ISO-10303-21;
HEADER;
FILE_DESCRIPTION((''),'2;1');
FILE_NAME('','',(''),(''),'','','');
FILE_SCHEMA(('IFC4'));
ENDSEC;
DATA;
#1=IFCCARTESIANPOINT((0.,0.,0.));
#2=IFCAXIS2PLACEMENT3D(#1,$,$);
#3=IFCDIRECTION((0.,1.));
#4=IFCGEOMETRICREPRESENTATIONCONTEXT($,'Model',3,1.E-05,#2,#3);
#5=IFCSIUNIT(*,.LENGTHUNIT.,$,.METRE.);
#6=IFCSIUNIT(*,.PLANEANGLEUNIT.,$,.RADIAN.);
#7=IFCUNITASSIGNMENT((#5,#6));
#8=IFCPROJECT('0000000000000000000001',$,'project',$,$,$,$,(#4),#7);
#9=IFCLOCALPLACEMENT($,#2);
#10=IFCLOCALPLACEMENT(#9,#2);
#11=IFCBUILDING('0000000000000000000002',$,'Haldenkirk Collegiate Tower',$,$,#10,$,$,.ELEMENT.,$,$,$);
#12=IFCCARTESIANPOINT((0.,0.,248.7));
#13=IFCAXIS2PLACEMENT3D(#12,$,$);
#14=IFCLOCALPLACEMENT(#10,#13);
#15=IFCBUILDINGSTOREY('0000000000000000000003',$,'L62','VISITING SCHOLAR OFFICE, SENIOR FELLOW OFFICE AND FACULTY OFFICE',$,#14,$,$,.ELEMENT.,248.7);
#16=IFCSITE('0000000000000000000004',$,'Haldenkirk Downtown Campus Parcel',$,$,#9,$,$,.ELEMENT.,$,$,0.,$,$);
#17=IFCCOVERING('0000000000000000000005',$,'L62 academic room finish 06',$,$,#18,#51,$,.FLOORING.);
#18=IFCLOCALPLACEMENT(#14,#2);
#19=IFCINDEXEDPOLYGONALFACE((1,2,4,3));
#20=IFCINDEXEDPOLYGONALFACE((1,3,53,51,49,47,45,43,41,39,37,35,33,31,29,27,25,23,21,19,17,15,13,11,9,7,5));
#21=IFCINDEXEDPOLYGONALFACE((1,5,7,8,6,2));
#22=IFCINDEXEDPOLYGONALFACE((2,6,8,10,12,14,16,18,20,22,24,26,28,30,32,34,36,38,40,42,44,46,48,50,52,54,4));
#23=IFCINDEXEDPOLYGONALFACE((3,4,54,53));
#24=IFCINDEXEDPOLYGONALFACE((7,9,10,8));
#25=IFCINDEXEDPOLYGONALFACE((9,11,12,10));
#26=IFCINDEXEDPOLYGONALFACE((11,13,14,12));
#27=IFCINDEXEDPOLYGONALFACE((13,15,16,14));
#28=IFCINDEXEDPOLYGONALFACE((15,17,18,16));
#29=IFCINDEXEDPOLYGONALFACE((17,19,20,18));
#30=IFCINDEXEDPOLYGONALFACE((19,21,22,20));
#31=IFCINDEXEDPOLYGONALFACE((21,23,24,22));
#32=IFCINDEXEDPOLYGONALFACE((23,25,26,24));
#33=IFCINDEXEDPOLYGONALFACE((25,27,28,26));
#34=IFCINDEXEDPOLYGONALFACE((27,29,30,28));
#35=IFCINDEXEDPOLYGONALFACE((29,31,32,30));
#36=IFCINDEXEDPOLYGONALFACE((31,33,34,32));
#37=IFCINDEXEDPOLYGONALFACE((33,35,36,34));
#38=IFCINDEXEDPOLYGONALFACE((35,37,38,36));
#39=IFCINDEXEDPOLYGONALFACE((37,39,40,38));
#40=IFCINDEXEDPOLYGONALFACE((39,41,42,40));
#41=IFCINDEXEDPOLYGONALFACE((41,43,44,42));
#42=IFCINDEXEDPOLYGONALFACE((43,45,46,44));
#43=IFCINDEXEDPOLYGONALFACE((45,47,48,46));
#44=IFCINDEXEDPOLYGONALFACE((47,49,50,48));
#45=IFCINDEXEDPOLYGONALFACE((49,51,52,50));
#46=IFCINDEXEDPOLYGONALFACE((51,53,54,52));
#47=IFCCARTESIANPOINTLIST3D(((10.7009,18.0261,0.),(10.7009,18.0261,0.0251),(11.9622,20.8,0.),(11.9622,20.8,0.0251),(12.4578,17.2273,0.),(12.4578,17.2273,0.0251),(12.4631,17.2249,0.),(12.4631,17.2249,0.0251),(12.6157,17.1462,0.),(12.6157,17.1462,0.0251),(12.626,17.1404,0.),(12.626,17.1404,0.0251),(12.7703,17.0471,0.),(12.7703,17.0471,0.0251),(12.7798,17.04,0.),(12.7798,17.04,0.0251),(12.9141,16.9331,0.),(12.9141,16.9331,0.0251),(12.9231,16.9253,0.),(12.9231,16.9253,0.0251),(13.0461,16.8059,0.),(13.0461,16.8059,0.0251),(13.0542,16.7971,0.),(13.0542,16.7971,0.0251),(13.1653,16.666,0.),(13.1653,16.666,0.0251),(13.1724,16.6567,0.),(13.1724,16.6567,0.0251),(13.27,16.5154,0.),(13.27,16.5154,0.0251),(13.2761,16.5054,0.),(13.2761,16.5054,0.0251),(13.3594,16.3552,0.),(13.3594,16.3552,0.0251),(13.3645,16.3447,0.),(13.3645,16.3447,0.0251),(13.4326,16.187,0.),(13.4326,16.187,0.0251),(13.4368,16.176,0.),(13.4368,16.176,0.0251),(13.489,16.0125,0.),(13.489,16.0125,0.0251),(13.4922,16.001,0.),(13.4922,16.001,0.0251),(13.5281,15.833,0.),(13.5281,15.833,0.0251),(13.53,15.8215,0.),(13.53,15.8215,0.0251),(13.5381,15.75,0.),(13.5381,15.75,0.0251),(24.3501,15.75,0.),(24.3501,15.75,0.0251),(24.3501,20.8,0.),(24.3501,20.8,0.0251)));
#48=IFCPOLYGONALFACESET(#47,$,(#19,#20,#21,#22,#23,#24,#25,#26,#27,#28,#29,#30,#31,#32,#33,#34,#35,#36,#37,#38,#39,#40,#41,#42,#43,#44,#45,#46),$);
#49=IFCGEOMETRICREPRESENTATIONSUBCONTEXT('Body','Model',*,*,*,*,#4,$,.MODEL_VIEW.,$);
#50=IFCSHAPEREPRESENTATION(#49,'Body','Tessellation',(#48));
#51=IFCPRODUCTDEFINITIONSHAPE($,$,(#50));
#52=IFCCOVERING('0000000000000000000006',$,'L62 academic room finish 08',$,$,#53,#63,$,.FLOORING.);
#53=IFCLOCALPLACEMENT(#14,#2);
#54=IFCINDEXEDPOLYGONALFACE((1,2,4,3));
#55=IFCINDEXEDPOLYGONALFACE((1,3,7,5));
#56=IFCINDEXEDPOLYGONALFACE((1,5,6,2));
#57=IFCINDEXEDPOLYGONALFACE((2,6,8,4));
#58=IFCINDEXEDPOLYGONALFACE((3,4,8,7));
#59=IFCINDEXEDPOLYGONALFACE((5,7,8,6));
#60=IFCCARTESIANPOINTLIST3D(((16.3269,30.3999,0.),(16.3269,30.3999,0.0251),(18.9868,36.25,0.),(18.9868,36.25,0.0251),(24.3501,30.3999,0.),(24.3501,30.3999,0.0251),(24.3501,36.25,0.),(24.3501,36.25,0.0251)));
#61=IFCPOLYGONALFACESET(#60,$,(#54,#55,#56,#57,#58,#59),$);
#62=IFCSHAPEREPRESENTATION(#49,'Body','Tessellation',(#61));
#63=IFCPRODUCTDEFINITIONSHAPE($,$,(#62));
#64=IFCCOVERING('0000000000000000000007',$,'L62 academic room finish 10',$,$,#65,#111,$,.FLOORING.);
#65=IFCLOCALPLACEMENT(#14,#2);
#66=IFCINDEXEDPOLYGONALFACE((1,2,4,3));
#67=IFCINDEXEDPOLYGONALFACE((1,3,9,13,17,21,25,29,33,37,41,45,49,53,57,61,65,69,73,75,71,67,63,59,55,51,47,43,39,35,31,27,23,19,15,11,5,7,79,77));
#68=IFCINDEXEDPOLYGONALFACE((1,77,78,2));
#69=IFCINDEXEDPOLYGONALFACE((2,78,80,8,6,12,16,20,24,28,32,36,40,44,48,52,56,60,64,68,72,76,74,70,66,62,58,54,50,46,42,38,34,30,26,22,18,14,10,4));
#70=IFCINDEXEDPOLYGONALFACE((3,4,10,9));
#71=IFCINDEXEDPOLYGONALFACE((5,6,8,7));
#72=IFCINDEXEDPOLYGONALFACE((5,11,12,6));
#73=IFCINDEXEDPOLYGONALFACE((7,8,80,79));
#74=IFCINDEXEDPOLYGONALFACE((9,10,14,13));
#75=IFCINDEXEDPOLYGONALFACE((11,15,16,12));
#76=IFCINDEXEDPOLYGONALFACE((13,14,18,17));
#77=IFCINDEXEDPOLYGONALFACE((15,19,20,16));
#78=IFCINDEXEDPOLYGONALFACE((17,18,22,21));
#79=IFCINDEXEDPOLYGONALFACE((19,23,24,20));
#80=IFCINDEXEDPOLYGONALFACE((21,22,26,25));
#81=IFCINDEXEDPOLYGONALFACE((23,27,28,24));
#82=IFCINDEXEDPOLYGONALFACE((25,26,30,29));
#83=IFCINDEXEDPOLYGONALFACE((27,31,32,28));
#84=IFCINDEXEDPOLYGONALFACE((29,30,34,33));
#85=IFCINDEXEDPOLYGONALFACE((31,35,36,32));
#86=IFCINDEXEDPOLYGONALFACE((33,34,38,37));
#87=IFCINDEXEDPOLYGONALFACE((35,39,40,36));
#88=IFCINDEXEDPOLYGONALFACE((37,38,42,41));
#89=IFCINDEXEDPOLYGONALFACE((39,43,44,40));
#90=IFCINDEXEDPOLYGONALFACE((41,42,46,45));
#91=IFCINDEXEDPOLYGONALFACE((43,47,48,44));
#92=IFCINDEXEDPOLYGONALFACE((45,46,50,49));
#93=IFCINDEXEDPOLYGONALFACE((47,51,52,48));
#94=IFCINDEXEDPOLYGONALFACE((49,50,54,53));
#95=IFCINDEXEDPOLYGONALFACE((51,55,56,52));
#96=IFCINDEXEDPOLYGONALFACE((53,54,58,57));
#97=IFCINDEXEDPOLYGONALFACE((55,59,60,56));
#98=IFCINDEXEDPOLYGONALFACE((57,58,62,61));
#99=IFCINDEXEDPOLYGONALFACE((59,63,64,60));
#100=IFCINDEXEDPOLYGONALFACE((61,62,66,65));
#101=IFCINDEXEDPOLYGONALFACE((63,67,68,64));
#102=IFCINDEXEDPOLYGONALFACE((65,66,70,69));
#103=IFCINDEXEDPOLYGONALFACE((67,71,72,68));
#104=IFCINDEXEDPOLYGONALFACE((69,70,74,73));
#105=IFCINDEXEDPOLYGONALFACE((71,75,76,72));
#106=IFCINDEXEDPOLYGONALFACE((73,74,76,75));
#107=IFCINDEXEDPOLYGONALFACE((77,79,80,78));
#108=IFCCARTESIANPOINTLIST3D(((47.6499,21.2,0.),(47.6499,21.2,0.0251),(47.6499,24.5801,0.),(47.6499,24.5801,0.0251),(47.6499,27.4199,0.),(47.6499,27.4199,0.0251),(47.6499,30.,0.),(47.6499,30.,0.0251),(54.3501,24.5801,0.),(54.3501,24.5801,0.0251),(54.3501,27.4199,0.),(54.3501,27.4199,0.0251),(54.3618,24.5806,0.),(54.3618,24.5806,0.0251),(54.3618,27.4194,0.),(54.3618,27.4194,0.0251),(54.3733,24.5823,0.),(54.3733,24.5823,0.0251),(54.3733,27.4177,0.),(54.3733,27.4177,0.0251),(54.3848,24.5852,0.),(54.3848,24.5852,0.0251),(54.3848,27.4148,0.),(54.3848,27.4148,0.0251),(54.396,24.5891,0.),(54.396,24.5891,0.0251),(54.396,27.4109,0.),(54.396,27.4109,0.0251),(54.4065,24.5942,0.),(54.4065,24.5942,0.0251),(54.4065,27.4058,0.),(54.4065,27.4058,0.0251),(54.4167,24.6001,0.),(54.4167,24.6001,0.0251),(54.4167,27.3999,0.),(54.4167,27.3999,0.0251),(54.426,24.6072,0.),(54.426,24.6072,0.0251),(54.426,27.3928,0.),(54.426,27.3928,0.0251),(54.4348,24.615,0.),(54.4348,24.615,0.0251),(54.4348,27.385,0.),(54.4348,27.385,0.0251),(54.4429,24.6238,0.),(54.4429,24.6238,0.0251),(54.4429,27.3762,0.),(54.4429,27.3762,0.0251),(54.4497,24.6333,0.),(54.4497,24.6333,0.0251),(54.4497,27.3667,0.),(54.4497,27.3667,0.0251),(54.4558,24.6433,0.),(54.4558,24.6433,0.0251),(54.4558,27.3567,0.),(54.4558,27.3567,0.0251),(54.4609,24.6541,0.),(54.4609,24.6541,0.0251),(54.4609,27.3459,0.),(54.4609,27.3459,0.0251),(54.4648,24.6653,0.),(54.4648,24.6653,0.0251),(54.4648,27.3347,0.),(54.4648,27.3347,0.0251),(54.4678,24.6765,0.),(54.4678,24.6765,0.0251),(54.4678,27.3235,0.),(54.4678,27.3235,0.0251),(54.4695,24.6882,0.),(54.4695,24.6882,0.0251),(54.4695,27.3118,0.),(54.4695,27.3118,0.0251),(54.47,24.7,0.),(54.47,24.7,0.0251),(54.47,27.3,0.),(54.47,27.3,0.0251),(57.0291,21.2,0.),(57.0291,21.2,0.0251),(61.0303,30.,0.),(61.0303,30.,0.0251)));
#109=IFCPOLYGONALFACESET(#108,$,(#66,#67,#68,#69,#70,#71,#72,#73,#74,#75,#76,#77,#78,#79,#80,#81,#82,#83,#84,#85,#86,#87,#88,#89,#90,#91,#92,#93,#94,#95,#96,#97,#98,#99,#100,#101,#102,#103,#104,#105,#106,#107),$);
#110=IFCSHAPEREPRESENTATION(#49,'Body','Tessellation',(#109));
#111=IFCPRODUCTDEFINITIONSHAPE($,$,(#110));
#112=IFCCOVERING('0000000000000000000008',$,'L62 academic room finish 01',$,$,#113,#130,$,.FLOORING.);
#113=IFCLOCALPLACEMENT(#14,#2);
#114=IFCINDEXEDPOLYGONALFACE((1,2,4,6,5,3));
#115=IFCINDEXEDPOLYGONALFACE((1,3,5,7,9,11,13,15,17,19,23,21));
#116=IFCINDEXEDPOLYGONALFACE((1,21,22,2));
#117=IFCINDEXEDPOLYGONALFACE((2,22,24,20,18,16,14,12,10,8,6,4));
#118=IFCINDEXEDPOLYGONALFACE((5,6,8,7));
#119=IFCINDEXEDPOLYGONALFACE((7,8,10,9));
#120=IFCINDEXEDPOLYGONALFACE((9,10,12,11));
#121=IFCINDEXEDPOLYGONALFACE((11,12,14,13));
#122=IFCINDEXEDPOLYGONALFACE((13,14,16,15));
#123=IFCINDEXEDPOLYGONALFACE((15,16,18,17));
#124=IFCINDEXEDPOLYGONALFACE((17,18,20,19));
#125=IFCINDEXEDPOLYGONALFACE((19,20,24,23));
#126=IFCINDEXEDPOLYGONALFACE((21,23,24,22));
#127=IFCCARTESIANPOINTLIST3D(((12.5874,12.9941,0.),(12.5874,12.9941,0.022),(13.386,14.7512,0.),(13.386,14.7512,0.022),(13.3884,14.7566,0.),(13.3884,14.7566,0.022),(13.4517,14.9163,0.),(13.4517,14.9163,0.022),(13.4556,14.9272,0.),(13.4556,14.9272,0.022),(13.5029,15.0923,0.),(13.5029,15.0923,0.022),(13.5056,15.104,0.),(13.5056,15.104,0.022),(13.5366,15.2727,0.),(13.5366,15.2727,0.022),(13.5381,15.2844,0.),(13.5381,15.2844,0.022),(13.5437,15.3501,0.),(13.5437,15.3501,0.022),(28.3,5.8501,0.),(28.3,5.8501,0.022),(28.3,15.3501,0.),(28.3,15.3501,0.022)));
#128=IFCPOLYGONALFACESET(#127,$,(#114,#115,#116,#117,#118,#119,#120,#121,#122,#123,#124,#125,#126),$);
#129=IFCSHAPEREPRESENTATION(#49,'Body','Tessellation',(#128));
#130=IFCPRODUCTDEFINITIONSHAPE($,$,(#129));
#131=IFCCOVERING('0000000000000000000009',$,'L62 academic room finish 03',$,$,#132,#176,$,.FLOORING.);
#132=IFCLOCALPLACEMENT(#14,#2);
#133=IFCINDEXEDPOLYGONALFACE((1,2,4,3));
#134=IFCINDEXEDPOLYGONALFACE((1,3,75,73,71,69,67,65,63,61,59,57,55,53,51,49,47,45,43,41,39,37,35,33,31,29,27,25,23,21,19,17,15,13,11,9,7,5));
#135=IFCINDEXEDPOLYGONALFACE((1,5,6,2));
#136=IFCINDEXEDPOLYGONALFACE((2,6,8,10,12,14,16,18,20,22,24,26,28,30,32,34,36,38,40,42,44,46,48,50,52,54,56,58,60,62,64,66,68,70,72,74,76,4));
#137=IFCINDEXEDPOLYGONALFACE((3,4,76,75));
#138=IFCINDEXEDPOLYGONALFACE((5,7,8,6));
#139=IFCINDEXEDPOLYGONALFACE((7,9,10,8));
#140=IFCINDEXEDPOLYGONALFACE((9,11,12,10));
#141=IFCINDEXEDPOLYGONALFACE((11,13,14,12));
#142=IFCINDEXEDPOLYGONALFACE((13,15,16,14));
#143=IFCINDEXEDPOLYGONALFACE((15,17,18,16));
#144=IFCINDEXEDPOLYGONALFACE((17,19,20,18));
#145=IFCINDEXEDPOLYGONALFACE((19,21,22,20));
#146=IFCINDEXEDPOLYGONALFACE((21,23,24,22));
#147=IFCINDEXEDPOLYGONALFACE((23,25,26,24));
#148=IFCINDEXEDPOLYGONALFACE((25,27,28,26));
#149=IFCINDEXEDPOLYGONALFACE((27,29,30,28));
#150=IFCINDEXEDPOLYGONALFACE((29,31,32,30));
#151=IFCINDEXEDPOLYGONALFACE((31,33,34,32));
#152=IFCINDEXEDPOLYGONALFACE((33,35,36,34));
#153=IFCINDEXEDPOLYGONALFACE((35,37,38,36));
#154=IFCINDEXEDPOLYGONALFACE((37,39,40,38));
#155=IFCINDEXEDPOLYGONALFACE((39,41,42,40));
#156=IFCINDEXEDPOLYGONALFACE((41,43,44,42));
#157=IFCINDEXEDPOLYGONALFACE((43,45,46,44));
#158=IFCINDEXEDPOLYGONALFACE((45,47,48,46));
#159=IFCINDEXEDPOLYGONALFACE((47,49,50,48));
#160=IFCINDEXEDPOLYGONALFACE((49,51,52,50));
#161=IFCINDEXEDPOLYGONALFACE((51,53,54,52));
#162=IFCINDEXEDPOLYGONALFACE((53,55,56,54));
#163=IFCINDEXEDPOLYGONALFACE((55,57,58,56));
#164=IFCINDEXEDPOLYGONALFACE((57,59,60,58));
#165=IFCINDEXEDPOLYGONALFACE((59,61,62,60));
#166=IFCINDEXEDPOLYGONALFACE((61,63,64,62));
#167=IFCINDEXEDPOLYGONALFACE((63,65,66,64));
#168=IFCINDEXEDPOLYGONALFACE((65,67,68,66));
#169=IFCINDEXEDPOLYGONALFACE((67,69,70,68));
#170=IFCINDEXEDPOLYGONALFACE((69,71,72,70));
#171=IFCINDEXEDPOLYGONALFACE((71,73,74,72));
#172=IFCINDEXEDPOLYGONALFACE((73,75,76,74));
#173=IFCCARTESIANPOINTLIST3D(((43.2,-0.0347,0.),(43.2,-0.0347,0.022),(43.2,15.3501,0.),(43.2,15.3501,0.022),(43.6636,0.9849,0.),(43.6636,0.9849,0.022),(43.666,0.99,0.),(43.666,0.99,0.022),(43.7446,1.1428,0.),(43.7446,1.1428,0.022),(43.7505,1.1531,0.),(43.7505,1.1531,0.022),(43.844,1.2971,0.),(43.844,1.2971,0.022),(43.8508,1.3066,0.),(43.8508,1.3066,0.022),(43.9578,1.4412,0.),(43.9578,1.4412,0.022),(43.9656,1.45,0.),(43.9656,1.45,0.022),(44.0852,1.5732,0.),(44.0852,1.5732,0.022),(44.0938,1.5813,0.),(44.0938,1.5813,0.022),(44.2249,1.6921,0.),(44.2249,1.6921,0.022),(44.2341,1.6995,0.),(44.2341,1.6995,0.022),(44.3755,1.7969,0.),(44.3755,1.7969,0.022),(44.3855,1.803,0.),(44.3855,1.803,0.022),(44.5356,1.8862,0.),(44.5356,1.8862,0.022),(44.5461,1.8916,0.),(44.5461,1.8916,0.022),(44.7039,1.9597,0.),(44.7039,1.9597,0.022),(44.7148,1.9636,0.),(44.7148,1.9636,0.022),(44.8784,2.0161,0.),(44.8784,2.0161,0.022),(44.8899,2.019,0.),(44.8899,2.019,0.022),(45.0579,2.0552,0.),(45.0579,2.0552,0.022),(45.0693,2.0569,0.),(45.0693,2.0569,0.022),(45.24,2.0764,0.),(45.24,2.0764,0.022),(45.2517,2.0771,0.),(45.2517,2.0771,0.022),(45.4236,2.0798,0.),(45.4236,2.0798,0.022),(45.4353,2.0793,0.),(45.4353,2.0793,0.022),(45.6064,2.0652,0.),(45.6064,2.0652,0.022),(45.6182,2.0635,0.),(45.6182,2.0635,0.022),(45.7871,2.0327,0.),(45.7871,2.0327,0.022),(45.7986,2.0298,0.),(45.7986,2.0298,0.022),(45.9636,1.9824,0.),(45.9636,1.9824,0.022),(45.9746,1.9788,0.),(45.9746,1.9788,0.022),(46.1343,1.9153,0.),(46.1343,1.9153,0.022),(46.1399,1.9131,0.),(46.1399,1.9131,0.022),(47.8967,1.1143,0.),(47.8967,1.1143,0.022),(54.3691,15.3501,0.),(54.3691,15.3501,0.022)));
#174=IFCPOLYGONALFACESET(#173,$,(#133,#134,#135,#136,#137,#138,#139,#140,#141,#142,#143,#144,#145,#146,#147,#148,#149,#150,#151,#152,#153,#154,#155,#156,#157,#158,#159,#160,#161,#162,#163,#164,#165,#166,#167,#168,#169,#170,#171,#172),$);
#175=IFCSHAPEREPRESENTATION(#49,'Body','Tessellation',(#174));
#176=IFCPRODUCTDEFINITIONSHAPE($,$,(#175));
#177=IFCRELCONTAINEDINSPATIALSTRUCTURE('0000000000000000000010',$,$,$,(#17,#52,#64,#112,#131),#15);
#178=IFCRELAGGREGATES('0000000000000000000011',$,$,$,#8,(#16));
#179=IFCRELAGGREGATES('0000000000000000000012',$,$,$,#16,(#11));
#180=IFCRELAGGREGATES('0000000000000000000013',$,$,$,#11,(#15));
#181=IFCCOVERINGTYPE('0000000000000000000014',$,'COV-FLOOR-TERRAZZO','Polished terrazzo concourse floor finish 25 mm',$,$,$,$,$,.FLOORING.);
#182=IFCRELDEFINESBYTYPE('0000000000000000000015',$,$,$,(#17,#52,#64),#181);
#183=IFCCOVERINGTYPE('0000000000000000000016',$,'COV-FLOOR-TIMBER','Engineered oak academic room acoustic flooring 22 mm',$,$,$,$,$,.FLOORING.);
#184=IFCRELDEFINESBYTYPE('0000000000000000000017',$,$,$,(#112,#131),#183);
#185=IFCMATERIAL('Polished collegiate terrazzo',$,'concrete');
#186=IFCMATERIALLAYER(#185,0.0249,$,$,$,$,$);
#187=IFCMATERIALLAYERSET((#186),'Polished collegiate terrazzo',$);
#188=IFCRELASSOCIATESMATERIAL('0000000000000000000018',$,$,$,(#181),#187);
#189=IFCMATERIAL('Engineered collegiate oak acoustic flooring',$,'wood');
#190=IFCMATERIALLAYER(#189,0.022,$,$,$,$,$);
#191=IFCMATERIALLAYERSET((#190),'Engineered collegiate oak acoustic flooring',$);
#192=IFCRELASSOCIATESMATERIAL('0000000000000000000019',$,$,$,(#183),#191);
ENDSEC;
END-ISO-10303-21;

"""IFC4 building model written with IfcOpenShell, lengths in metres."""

from ifc_helpers import new_model, si_unit, direction, frame, origin, place, context, subcontext, project, spatial, polyline, outline, extrude, material, layer, layer_set, type_object, element, save


model = new_model("IFC4")

# Units and contexts
model_context = context("Model", 3, precision=1e-05, world=origin(), true_north=direction((0.0, 1.0)))
body_context = subcontext(model_context, "Body", "Model", "MODEL_VIEW")
ifc_project = project(units=[si_unit("LENGTHUNIT", "METRE"), si_unit("PLANEANGLEUNIT", "RADIAN")], contexts=[model_context])

# Site, building, storey
site_placement = place(None, origin())
site = spatial("IfcSite", under=ifc_project, at=site_placement, Name="Haldenkirk Downtown Campus Parcel", CompositionType="ELEMENT", RefElevation=0.0)
building_placement = place(site_placement, origin())
building = spatial("IfcBuilding", under=site, at=building_placement, Name="Haldenkirk Collegiate Tower", CompositionType="ELEMENT")
storey_placement = place(building_placement, frame((0.0, 0.0, 248.7)))
storey = spatial("IfcBuildingStorey", under=building, at=storey_placement, Name="L62", Description="VISITING SCHOLAR OFFICE, SENIOR FELLOW OFFICE AND FACULTY OFFICE", CompositionType="ELEMENT", Elevation=248.7)

# Coverings
ifc_material_1 = material(Name="Polished collegiate terrazzo", Category="concrete")
ifc_layer_1 = layer(ifc_material_1, 0.0249)
ifc_layer_set_1 = layer_set([ifc_layer_1], Name="Polished collegiate terrazzo")
covering_type_1 = type_object("IfcCoveringType", Name="COV-FLOOR-TERRAZZO", Description="Polished terrazzo concourse floor finish 25 mm", PredefinedType="FLOORING", material=ifc_layer_set_1)
covering_1_placement = place(storey_placement, origin())
element("IfcCovering", 1, at=covering_1_placement, inside=storey, type_object=covering_type_1, Name="L62 academic room finish 06", PredefinedType="FLOORING", context=body_context, shape_type="SweptSolid", body=[
    extrude(outline(polyline([(13.53, 15.8215), (13.5281, 15.833), (13.4922, 16.001), (13.489, 16.0125), (13.4368, 16.176), (13.4326, 16.187), (13.3645, 16.3447), (13.3594, 16.3552), (13.2761, 16.5054), (13.27, 16.5154), (13.1724, 16.6567), (13.1653, 16.666), (13.0542, 16.7971), (13.0461, 16.8059), (12.9231, 16.9253), (12.9141, 16.9331), (12.7798, 17.04), (12.7703, 17.0471), (12.626, 17.1404), (12.6157, 17.1462), (12.4631, 17.2249), (12.4578, 17.2273), (10.7009, 18.0261), (11.9622, 20.8), (24.3501, 20.8), (24.3501, 15.75), (13.5381, 15.75), (13.53, 15.8215)])), origin(), (0.0, 0.0, 1.0), 0.0251),
])
covering_2_placement = place(storey_placement, origin())
element("IfcCovering", 2, at=covering_2_placement, inside=storey, type_object=covering_type_1, Name="L62 academic room finish 08", PredefinedType="FLOORING", context=body_context, shape_type="SweptSolid", body=[
    extrude(outline(polyline([(18.9868, 36.25), (24.3501, 36.25), (24.3501, 30.3999), (16.3269, 30.3999), (18.9868, 36.25)])), origin(), (0.0, 0.0, 1.0), 0.0251),
])
covering_3_placement = place(storey_placement, origin())
element("IfcCovering", 3, at=covering_3_placement, inside=storey, type_object=covering_type_1, Name="L62 academic room finish 10", PredefinedType="FLOORING", context=body_context, shape_type="SweptSolid", body=[
    extrude(outline(polyline([(57.0291, 21.2), (47.6499, 21.2), (47.6499, 24.5801), (54.3501, 24.5801), (54.3618, 24.5806), (54.3733, 24.5823), (54.3848, 24.5852), (54.396, 24.5891), (54.4065, 24.5942), (54.4167, 24.6001), (54.426, 24.6072), (54.4348, 24.615), (54.4429, 24.6238), (54.4497, 24.6333), (54.4558, 24.6433), (54.4609, 24.6541), (54.4648, 24.6653), (54.4678, 24.6765), (54.4695, 24.6882), (54.47, 24.7), (54.47, 27.3), (54.4695, 27.3118), (54.4678, 27.3235), (54.4648, 27.3347), (54.4609, 27.3459), (54.4558, 27.3567), (54.4497, 27.3667), (54.4429, 27.3762), (54.4348, 27.385), (54.426, 27.3928), (54.4167, 27.3999), (54.4065, 27.4058), (54.396, 27.4109), (54.3848, 27.4148), (54.3733, 27.4177), (54.3618, 27.4194), (54.3501, 27.4199), (47.6499, 27.4199), (47.6499, 30.0), (61.0303, 30.0), (57.0291, 21.2)])), origin(), (0.0, 0.0, 1.0), 0.0251),
])
ifc_material_2 = material(Name="Engineered collegiate oak acoustic flooring", Category="wood")
ifc_layer_2 = layer(ifc_material_2, 0.022)
ifc_layer_set_2 = layer_set([ifc_layer_2], Name="Engineered collegiate oak acoustic flooring")
covering_type_2 = type_object("IfcCoveringType", Name="COV-FLOOR-TIMBER", Description="Engineered oak academic room acoustic flooring 22 mm", PredefinedType="FLOORING", material=ifc_layer_set_2)
covering_4_placement = place(storey_placement, origin())
element("IfcCovering", 4, at=covering_4_placement, inside=storey, type_object=covering_type_2, Name="L62 academic room finish 01", PredefinedType="FLOORING", context=body_context, shape_type="SweptSolid", body=[
    extrude(outline(polyline([(12.5874, 12.9941), (13.386, 14.7512), (13.3884, 14.7566), (13.4517, 14.9163), (13.4556, 14.9272), (13.5029, 15.0923), (13.5056, 15.104), (13.5366, 15.2727), (13.5381, 15.2844), (13.5437, 15.3501), (28.3, 15.3501), (28.3, 5.8501), (12.5874, 12.9941)])), origin(), (0.0, 0.0, 1.0), 0.022),
])
covering_5_placement = place(storey_placement, origin())
element("IfcCovering", 5, at=covering_5_placement, inside=storey, type_object=covering_type_2, Name="L62 academic room finish 03", PredefinedType="FLOORING", context=body_context, shape_type="SweptSolid", body=[
    extrude(outline(polyline([(45.4353, 2.0793), (45.4236, 2.0798), (45.2517, 2.0771), (45.24, 2.0764), (45.0693, 2.0569), (45.0579, 2.0552), (44.8899, 2.019), (44.8784, 2.0161), (44.7148, 1.9636), (44.7039, 1.9597), (44.5461, 1.8916), (44.5356, 1.8862), (44.3855, 1.803), (44.3755, 1.7969), (44.2341, 1.6995), (44.2249, 1.6921), (44.0938, 1.5813), (44.0852, 1.5732), (43.9656, 1.45), (43.9578, 1.4412), (43.8508, 1.3066), (43.844, 1.2971), (43.7505, 1.1531), (43.7446, 1.1428), (43.666, 0.99), (43.6636, 0.9849), (43.2, -0.0347), (43.2, 15.3501), (54.3691, 15.3501), (47.8967, 1.1143), (46.1399, 1.9131), (46.1343, 1.9153), (45.9746, 1.9788), (45.9636, 1.9824), (45.7986, 2.0298), (45.7871, 2.0327), (45.6182, 2.0635), (45.6064, 2.0652), (45.4353, 2.0793)])), origin(), (0.0, 0.0, 1.0), 0.022),
])

save(model, "model.ifc")
